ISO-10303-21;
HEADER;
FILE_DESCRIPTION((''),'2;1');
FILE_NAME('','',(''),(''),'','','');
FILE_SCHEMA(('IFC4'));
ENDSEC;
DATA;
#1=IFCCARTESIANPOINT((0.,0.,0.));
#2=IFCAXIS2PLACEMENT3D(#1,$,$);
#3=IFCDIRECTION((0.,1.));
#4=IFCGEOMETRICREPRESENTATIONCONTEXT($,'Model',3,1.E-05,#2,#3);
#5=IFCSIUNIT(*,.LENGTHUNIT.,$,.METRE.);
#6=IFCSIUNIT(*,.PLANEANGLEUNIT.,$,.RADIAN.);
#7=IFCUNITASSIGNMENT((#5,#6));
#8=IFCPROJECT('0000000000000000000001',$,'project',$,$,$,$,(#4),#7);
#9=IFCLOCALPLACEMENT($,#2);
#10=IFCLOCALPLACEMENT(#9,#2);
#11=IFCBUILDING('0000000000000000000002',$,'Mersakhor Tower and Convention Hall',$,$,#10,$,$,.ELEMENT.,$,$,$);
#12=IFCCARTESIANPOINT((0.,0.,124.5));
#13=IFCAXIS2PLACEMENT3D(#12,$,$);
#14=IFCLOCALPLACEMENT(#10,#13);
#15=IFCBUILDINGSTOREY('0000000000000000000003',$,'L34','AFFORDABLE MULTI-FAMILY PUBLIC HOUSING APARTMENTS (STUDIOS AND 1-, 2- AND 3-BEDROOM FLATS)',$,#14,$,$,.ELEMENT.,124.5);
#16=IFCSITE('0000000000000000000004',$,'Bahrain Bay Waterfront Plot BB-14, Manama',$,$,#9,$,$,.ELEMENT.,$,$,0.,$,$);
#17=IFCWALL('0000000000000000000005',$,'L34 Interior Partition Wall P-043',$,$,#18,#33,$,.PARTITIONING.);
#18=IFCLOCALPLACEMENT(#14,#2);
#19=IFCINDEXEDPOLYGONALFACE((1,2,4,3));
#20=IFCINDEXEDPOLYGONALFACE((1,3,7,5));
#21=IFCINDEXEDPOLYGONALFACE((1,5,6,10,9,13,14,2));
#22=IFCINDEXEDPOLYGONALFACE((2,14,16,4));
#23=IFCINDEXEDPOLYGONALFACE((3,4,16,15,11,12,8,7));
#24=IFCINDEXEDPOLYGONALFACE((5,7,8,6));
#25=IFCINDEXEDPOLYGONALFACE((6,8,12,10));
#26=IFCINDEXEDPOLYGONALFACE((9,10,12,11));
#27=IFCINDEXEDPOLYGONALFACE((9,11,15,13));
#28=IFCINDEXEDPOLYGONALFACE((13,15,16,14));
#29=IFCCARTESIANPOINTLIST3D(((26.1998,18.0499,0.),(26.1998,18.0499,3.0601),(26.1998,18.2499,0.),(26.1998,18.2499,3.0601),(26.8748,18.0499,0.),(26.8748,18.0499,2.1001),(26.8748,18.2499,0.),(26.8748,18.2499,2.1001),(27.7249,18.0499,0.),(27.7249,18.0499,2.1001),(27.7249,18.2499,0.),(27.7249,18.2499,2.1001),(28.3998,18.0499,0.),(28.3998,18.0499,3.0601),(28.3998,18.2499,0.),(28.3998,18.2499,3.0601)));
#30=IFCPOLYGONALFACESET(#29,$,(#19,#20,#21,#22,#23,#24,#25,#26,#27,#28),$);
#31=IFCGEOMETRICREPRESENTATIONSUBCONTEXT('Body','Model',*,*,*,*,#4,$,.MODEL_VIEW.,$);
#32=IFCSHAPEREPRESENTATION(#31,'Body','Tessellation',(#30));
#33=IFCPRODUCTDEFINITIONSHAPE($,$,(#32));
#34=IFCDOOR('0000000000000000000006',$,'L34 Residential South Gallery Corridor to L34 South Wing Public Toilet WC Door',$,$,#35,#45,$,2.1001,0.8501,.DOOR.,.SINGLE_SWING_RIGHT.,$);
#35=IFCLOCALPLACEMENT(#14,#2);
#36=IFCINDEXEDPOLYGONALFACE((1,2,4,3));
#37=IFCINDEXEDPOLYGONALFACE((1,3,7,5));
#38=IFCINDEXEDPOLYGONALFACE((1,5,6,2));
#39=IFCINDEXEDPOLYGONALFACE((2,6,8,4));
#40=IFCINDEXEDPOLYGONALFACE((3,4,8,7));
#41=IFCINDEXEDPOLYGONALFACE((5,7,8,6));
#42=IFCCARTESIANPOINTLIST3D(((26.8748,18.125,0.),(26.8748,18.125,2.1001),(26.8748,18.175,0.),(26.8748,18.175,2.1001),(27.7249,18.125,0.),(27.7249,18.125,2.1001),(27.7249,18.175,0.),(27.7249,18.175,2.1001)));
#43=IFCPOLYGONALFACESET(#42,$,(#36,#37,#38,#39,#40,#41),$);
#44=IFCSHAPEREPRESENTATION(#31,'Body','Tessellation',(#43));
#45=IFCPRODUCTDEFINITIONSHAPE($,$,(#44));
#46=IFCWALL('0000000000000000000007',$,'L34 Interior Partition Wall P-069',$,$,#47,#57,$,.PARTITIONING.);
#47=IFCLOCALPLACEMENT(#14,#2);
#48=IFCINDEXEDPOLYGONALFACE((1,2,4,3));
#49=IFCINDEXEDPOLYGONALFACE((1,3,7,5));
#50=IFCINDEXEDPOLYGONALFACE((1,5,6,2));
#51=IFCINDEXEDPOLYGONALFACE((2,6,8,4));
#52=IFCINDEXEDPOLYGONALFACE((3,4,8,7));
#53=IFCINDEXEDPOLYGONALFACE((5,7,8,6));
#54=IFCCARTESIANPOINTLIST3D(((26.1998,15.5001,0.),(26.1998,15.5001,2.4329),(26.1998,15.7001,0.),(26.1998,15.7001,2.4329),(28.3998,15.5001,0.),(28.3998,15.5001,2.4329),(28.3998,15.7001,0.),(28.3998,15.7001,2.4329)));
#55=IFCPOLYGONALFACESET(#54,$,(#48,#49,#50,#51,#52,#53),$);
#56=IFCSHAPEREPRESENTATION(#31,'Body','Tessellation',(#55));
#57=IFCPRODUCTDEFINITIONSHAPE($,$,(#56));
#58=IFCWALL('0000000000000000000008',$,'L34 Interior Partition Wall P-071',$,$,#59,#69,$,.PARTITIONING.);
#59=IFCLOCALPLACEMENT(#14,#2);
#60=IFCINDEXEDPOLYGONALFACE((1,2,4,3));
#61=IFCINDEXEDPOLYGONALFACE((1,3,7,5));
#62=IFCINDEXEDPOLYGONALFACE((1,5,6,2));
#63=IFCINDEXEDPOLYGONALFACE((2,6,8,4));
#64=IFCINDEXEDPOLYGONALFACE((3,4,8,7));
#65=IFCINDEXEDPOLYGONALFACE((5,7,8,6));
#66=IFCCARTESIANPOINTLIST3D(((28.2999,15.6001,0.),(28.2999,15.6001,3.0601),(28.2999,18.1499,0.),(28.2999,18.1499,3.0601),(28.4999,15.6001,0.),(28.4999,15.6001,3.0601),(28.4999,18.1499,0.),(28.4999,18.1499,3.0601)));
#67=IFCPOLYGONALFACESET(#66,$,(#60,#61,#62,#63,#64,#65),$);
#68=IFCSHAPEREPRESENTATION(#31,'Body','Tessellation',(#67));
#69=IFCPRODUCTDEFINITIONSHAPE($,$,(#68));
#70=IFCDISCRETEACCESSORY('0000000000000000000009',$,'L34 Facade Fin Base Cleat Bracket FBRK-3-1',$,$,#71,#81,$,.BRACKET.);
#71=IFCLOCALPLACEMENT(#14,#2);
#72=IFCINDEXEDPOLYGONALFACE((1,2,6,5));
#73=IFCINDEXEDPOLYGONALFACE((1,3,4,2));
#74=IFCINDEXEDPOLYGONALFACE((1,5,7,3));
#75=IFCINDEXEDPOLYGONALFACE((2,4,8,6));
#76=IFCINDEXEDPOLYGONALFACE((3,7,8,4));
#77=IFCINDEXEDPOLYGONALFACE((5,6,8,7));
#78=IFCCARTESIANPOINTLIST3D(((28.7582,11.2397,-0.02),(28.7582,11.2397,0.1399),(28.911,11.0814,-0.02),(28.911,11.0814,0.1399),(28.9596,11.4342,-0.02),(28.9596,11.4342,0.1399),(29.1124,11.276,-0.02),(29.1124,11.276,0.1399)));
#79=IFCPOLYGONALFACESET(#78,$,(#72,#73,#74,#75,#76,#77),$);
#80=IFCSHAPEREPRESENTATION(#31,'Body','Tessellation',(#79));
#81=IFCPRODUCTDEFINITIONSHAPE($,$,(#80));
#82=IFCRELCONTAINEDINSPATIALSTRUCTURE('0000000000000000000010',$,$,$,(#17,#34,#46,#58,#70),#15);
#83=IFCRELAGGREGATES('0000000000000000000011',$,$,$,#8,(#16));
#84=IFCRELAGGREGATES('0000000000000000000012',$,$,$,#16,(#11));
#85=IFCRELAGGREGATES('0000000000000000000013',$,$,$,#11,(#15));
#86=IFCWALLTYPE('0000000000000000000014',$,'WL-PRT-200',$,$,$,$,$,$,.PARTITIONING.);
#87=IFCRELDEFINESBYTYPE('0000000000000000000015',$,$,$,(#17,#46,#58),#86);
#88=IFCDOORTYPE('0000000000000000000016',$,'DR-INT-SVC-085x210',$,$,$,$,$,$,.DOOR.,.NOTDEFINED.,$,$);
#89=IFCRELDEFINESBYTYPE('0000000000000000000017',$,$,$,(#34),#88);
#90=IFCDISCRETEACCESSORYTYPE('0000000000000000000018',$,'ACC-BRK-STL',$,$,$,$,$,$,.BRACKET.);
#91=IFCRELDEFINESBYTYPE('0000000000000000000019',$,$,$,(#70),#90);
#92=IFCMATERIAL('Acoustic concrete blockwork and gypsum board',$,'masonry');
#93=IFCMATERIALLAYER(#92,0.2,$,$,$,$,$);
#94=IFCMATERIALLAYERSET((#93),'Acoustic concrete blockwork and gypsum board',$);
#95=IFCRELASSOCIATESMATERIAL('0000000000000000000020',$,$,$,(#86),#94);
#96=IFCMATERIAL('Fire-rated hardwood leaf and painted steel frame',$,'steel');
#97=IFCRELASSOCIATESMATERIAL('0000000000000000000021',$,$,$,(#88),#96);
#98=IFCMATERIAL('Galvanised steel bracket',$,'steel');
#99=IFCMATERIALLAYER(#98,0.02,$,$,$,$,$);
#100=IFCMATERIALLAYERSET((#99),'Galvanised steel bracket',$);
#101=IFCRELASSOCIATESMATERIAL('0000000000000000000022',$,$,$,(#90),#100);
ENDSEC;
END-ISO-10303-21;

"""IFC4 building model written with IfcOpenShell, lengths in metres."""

from ifc_helpers import new_model, si_unit, direction, frame, frame_2d, origin, origin_2d, place, context, subcontext, project, spatial, rectangle, extrude, material, layer, layer_set, type_object, element, fill, save


model = new_model("IFC4")

# Units and contexts
model_context = context("Model", 3, precision=1e-05, world=origin(), true_north=direction((0.0, 1.0)))
body_context = subcontext(model_context, "Body", "Model", "MODEL_VIEW")
ifc_project = project(units=[si_unit("LENGTHUNIT", "METRE"), si_unit("PLANEANGLEUNIT", "RADIAN")], contexts=[model_context])

# Site, building, storey
site_placement = place(None, origin())
site = spatial("IfcSite", under=ifc_project, at=site_placement, Name="Bahrain Bay Waterfront Plot BB-14, Manama", CompositionType="ELEMENT", RefElevation=0.0)
building_placement = place(site_placement, origin())
building = spatial("IfcBuilding", under=site, at=building_placement, Name="Mersakhor Tower and Convention Hall", CompositionType="ELEMENT")
storey_placement = place(building_placement, frame((0.0, 0.0, 124.5)))
storey = spatial("IfcBuildingStorey", under=building, at=storey_placement, Name="L34", Description="AFFORDABLE MULTI-FAMILY PUBLIC HOUSING APARTMENTS (STUDIOS AND 1-, 2- AND 3-BEDROOM FLATS)", CompositionType="ELEMENT", Elevation=124.5)

# Shared definitions
ifc_material_1 = material(Name="Acoustic concrete blockwork and gypsum board", Category="masonry")
ifc_layer_1 = layer(ifc_material_1, 0.2)
ifc_layer_set_1 = layer_set([ifc_layer_1], Name="Acoustic concrete blockwork and gypsum board")
wall_type_1 = type_object("IfcWallType", Name="WL-PRT-200", PredefinedType="PARTITIONING", material=ifc_layer_set_1)

# Wall, opening, door
wall_1_placement = place(storey_placement, frame((28.3999, 18.1499, 0.0), z_axis=(0.0, 0.0, 1.0), x_axis=(-1.0, 0.0, 0.0)))
wall_1 = element("IfcWall", 1, at=wall_1_placement, inside=storey, type_object=wall_type_1, Name="L34 Interior Partition Wall P-043", PredefinedType="PARTITIONING", context=body_context, shape_type="SweptSolid", body=[
    extrude(rectangle(XDim=2.2, YDim=0.2, at=frame_2d((1.1001, 0.0))), origin(), (0.0, 0.0, 1.0), 3.0601),
])
opening_1_placement = place(wall_1_placement, frame((0.675, 0.0, 0.0)))
opening_1 = element("IfcOpeningElement", 2, at=opening_1_placement, cuts=wall_1, PredefinedType="OPENING", context=body_context, shape_type="SweptSolid", body=[
    extrude(rectangle(XDim=0.8501, YDim=2.1001, at=frame_2d((0.425, 1.05))), frame((0.0, 0.1099, 0.0), z_axis=(0.0, -1.0, 0.0), x_axis=(1.0, 0.0, 0.0)), (0.0, 0.0, 1.0), 0.22),
])
ifc_material_2 = material(Name="Fire-rated hardwood leaf and painted steel frame", Category="steel")
door_type_1 = type_object("IfcDoorType", Name="DR-INT-SVC-085x210", OperationType="NOTDEFINED", PredefinedType="DOOR", material=ifc_material_2)
door_1_placement = place(opening_1_placement, origin())
door_1 = element("IfcDoor", 3, at=door_1_placement, inside=storey, type_object=door_type_1, Name="L34 Residential South Gallery Corridor to L34 South Wing Public Toilet WC Door", OperationType="SINGLE_SWING_RIGHT", OverallHeight=2.1001, OverallWidth=0.8501, PredefinedType="DOOR", context=body_context, shape_type="SweptSolid", body=[
    extrude(rectangle(XDim=0.8501, YDim=2.1001, at=frame_2d((0.425, 1.05))), frame((0.0, 0.0249, 0.0), z_axis=(0.0, -1.0, 0.0), x_axis=(1.0, 0.0, 0.0)), (0.0, 0.0, 1.0), 0.05),
])
fill(opening_1, door_1)

# Walls
wall_2_placement = place(storey_placement, frame((28.3999, 15.6001, 0.0), z_axis=(0.0, 0.0, 1.0), x_axis=(-1.0, 0.0, 0.0)))
element("IfcWall", 4, at=wall_2_placement, inside=storey, type_object=wall_type_1, Name="L34 Interior Partition Wall P-069", PredefinedType="PARTITIONING", context=body_context, shape_type="SweptSolid", body=[
    extrude(rectangle(XDim=2.2, YDim=0.2, at=frame_2d((1.1001, 0.0))), origin(), (0.0, 0.0, 1.0), 2.4329),
])
wall_3_placement = place(storey_placement, frame((28.3999, 18.1499, 0.0), z_axis=(0.0, 0.0, 1.0), x_axis=(0.0, -1.0, 0.0)))
element("IfcWall", 5, at=wall_3_placement, inside=storey, type_object=wall_type_1, Name="L34 Interior Partition Wall P-071", PredefinedType="PARTITIONING", context=body_context, shape_type="SweptSolid", body=[
    extrude(rectangle(XDim=2.5498, YDim=0.2, at=frame_2d((1.2749, 0.0))), origin(), (0.0, 0.0, 1.0), 3.0601),
])

# Discrete accessory
ifc_material_3 = material(Name="Galvanised steel bracket", Category="steel")
ifc_layer_2 = layer(ifc_material_3, 0.02)
ifc_layer_set_2 = layer_set([ifc_layer_2], Name="Galvanised steel bracket")
discrete_accessory_type = type_object("IfcDiscreteAccessoryType", Name="ACC-BRK-STL", PredefinedType="BRACKET", material=ifc_layer_set_2)
discrete_accessory_placement = place(storey_placement, frame((28.9353, 11.2578, -0.02), z_axis=(0.0, 0.0, 1.0), x_axis=(-0.71934, -0.694658, 0.0)))
element("IfcDiscreteAccessory", 6, at=discrete_accessory_placement, inside=storey, type_object=discrete_accessory_type, Name="L34 Facade Fin Base Cleat Bracket FBRK-3-1", PredefinedType="BRACKET", context=body_context, shape_type="SweptSolid", body=[
    extrude(rectangle(XDim=0.28, YDim=0.22, at=origin_2d()), origin(), (0.0, 0.0, 1.0), 0.1599),
])

save(model, "model.ifc")
